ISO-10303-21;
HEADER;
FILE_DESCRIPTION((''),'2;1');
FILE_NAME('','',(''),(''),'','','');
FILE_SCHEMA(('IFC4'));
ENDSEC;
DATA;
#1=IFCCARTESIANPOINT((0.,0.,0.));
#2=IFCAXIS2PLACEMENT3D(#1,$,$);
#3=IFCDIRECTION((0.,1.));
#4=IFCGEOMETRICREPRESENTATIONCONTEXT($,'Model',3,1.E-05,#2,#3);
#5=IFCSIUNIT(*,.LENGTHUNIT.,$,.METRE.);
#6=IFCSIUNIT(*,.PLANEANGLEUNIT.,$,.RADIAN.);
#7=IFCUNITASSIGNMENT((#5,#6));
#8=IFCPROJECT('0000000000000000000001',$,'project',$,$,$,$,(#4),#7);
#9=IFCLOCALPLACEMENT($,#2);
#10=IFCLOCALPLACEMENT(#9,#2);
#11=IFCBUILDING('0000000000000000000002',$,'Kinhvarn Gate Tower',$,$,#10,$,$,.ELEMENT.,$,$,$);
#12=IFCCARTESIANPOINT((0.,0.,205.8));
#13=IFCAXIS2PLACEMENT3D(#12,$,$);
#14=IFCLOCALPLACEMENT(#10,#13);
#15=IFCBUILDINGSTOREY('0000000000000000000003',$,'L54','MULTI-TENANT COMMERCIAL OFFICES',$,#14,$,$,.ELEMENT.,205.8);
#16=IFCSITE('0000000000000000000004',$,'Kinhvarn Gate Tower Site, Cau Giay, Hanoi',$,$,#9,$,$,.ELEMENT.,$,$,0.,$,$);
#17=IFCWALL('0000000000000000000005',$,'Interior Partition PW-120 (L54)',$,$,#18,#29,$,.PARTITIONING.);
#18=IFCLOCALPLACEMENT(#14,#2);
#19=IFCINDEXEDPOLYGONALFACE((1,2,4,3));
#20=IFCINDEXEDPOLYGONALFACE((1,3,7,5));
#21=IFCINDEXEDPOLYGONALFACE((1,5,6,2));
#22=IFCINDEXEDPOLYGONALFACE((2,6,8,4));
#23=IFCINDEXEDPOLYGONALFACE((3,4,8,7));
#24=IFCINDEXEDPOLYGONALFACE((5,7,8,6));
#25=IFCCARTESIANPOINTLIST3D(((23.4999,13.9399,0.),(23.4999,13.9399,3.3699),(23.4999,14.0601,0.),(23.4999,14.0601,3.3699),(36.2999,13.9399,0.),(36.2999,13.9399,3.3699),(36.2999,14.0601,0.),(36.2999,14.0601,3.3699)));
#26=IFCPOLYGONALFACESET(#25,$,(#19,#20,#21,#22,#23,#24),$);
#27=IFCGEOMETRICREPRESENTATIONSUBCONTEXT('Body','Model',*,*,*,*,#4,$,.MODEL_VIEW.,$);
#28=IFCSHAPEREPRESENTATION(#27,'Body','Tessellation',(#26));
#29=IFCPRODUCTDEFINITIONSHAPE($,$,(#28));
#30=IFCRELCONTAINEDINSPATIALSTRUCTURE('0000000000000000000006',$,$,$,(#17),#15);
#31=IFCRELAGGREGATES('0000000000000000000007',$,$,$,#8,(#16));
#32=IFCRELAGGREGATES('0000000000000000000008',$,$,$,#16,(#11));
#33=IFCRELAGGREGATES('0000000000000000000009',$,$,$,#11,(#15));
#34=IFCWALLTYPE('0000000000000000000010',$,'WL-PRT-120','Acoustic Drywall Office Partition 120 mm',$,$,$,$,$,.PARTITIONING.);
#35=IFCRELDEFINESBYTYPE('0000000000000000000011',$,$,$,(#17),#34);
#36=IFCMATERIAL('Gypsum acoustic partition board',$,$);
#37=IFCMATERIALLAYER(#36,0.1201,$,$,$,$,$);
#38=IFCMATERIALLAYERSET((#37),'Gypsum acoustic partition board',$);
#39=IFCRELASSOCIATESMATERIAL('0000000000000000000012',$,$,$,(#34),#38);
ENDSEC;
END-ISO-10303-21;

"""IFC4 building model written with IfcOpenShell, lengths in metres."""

from ifc_helpers import new_model, si_unit, direction, frame, frame_2d, origin, place, context, subcontext, project, spatial, rectangle, extrude, material, layer, layer_set, type_object, element, save


model = new_model("IFC4")

# Units and contexts
model_context = context("Model", 3, precision=1e-05, world=origin(), true_north=direction((0.0, 1.0)))
body_context = subcontext(model_context, "Body", "Model", "MODEL_VIEW")
ifc_project = project(units=[si_unit("LENGTHUNIT", "METRE"), si_unit("PLANEANGLEUNIT", "RADIAN")], contexts=[model_context])

# Site, building, storey
site_placement = place(None, origin())
site = spatial("IfcSite", under=ifc_project, at=site_placement, Name="Kinhvarn Gate Tower Site, Cau Giay, Hanoi", CompositionType="ELEMENT", RefElevation=0.0)
building_placement = place(site_placement, origin())
building = spatial("IfcBuilding", under=site, at=building_placement, Name="Kinhvarn Gate Tower", CompositionType="ELEMENT")
storey_placement = place(building_placement, frame((0.0, 0.0, 205.8)))
storey = spatial("IfcBuildingStorey", under=building, at=storey_placement, Name="L54", Description="MULTI-TENANT COMMERCIAL OFFICES", CompositionType="ELEMENT", Elevation=205.8)

# Wall
ifc_material_1 = material(Name="Gypsum acoustic partition board")
ifc_layer_1 = layer(ifc_material_1, 0.1201)
ifc_layer_set_1 = layer_set([ifc_layer_1], Name="Gypsum acoustic partition board")
wall_type_1 = type_object("IfcWallType", Name="WL-PRT-120", Description="Acoustic Drywall Office Partition 120 mm", PredefinedType="PARTITIONING", material=ifc_layer_set_1)
for number, where, z_axis, x_axis, name in (
    (1, (23.5, 14.0, 0.0), (0.0, 0.0, 1.0), (1.0, 0.0, 0.0), "Interior Partition PW-120 (L54)"),
):
    element("IfcWall", number, at=place(storey_placement, frame(where, z_axis=z_axis, x_axis=x_axis)), inside=storey, type_object=wall_type_1, Name=name, PredefinedType="PARTITIONING", context=body_context, shape_type="SweptSolid", body=[
        extrude(rectangle(XDim=12.8, YDim=0.1201, at=frame_2d((6.3999, 0.0))), origin(), (0.0, 0.0, 1.0), 3.3699),
    ])

save(model, "model.ifc")
